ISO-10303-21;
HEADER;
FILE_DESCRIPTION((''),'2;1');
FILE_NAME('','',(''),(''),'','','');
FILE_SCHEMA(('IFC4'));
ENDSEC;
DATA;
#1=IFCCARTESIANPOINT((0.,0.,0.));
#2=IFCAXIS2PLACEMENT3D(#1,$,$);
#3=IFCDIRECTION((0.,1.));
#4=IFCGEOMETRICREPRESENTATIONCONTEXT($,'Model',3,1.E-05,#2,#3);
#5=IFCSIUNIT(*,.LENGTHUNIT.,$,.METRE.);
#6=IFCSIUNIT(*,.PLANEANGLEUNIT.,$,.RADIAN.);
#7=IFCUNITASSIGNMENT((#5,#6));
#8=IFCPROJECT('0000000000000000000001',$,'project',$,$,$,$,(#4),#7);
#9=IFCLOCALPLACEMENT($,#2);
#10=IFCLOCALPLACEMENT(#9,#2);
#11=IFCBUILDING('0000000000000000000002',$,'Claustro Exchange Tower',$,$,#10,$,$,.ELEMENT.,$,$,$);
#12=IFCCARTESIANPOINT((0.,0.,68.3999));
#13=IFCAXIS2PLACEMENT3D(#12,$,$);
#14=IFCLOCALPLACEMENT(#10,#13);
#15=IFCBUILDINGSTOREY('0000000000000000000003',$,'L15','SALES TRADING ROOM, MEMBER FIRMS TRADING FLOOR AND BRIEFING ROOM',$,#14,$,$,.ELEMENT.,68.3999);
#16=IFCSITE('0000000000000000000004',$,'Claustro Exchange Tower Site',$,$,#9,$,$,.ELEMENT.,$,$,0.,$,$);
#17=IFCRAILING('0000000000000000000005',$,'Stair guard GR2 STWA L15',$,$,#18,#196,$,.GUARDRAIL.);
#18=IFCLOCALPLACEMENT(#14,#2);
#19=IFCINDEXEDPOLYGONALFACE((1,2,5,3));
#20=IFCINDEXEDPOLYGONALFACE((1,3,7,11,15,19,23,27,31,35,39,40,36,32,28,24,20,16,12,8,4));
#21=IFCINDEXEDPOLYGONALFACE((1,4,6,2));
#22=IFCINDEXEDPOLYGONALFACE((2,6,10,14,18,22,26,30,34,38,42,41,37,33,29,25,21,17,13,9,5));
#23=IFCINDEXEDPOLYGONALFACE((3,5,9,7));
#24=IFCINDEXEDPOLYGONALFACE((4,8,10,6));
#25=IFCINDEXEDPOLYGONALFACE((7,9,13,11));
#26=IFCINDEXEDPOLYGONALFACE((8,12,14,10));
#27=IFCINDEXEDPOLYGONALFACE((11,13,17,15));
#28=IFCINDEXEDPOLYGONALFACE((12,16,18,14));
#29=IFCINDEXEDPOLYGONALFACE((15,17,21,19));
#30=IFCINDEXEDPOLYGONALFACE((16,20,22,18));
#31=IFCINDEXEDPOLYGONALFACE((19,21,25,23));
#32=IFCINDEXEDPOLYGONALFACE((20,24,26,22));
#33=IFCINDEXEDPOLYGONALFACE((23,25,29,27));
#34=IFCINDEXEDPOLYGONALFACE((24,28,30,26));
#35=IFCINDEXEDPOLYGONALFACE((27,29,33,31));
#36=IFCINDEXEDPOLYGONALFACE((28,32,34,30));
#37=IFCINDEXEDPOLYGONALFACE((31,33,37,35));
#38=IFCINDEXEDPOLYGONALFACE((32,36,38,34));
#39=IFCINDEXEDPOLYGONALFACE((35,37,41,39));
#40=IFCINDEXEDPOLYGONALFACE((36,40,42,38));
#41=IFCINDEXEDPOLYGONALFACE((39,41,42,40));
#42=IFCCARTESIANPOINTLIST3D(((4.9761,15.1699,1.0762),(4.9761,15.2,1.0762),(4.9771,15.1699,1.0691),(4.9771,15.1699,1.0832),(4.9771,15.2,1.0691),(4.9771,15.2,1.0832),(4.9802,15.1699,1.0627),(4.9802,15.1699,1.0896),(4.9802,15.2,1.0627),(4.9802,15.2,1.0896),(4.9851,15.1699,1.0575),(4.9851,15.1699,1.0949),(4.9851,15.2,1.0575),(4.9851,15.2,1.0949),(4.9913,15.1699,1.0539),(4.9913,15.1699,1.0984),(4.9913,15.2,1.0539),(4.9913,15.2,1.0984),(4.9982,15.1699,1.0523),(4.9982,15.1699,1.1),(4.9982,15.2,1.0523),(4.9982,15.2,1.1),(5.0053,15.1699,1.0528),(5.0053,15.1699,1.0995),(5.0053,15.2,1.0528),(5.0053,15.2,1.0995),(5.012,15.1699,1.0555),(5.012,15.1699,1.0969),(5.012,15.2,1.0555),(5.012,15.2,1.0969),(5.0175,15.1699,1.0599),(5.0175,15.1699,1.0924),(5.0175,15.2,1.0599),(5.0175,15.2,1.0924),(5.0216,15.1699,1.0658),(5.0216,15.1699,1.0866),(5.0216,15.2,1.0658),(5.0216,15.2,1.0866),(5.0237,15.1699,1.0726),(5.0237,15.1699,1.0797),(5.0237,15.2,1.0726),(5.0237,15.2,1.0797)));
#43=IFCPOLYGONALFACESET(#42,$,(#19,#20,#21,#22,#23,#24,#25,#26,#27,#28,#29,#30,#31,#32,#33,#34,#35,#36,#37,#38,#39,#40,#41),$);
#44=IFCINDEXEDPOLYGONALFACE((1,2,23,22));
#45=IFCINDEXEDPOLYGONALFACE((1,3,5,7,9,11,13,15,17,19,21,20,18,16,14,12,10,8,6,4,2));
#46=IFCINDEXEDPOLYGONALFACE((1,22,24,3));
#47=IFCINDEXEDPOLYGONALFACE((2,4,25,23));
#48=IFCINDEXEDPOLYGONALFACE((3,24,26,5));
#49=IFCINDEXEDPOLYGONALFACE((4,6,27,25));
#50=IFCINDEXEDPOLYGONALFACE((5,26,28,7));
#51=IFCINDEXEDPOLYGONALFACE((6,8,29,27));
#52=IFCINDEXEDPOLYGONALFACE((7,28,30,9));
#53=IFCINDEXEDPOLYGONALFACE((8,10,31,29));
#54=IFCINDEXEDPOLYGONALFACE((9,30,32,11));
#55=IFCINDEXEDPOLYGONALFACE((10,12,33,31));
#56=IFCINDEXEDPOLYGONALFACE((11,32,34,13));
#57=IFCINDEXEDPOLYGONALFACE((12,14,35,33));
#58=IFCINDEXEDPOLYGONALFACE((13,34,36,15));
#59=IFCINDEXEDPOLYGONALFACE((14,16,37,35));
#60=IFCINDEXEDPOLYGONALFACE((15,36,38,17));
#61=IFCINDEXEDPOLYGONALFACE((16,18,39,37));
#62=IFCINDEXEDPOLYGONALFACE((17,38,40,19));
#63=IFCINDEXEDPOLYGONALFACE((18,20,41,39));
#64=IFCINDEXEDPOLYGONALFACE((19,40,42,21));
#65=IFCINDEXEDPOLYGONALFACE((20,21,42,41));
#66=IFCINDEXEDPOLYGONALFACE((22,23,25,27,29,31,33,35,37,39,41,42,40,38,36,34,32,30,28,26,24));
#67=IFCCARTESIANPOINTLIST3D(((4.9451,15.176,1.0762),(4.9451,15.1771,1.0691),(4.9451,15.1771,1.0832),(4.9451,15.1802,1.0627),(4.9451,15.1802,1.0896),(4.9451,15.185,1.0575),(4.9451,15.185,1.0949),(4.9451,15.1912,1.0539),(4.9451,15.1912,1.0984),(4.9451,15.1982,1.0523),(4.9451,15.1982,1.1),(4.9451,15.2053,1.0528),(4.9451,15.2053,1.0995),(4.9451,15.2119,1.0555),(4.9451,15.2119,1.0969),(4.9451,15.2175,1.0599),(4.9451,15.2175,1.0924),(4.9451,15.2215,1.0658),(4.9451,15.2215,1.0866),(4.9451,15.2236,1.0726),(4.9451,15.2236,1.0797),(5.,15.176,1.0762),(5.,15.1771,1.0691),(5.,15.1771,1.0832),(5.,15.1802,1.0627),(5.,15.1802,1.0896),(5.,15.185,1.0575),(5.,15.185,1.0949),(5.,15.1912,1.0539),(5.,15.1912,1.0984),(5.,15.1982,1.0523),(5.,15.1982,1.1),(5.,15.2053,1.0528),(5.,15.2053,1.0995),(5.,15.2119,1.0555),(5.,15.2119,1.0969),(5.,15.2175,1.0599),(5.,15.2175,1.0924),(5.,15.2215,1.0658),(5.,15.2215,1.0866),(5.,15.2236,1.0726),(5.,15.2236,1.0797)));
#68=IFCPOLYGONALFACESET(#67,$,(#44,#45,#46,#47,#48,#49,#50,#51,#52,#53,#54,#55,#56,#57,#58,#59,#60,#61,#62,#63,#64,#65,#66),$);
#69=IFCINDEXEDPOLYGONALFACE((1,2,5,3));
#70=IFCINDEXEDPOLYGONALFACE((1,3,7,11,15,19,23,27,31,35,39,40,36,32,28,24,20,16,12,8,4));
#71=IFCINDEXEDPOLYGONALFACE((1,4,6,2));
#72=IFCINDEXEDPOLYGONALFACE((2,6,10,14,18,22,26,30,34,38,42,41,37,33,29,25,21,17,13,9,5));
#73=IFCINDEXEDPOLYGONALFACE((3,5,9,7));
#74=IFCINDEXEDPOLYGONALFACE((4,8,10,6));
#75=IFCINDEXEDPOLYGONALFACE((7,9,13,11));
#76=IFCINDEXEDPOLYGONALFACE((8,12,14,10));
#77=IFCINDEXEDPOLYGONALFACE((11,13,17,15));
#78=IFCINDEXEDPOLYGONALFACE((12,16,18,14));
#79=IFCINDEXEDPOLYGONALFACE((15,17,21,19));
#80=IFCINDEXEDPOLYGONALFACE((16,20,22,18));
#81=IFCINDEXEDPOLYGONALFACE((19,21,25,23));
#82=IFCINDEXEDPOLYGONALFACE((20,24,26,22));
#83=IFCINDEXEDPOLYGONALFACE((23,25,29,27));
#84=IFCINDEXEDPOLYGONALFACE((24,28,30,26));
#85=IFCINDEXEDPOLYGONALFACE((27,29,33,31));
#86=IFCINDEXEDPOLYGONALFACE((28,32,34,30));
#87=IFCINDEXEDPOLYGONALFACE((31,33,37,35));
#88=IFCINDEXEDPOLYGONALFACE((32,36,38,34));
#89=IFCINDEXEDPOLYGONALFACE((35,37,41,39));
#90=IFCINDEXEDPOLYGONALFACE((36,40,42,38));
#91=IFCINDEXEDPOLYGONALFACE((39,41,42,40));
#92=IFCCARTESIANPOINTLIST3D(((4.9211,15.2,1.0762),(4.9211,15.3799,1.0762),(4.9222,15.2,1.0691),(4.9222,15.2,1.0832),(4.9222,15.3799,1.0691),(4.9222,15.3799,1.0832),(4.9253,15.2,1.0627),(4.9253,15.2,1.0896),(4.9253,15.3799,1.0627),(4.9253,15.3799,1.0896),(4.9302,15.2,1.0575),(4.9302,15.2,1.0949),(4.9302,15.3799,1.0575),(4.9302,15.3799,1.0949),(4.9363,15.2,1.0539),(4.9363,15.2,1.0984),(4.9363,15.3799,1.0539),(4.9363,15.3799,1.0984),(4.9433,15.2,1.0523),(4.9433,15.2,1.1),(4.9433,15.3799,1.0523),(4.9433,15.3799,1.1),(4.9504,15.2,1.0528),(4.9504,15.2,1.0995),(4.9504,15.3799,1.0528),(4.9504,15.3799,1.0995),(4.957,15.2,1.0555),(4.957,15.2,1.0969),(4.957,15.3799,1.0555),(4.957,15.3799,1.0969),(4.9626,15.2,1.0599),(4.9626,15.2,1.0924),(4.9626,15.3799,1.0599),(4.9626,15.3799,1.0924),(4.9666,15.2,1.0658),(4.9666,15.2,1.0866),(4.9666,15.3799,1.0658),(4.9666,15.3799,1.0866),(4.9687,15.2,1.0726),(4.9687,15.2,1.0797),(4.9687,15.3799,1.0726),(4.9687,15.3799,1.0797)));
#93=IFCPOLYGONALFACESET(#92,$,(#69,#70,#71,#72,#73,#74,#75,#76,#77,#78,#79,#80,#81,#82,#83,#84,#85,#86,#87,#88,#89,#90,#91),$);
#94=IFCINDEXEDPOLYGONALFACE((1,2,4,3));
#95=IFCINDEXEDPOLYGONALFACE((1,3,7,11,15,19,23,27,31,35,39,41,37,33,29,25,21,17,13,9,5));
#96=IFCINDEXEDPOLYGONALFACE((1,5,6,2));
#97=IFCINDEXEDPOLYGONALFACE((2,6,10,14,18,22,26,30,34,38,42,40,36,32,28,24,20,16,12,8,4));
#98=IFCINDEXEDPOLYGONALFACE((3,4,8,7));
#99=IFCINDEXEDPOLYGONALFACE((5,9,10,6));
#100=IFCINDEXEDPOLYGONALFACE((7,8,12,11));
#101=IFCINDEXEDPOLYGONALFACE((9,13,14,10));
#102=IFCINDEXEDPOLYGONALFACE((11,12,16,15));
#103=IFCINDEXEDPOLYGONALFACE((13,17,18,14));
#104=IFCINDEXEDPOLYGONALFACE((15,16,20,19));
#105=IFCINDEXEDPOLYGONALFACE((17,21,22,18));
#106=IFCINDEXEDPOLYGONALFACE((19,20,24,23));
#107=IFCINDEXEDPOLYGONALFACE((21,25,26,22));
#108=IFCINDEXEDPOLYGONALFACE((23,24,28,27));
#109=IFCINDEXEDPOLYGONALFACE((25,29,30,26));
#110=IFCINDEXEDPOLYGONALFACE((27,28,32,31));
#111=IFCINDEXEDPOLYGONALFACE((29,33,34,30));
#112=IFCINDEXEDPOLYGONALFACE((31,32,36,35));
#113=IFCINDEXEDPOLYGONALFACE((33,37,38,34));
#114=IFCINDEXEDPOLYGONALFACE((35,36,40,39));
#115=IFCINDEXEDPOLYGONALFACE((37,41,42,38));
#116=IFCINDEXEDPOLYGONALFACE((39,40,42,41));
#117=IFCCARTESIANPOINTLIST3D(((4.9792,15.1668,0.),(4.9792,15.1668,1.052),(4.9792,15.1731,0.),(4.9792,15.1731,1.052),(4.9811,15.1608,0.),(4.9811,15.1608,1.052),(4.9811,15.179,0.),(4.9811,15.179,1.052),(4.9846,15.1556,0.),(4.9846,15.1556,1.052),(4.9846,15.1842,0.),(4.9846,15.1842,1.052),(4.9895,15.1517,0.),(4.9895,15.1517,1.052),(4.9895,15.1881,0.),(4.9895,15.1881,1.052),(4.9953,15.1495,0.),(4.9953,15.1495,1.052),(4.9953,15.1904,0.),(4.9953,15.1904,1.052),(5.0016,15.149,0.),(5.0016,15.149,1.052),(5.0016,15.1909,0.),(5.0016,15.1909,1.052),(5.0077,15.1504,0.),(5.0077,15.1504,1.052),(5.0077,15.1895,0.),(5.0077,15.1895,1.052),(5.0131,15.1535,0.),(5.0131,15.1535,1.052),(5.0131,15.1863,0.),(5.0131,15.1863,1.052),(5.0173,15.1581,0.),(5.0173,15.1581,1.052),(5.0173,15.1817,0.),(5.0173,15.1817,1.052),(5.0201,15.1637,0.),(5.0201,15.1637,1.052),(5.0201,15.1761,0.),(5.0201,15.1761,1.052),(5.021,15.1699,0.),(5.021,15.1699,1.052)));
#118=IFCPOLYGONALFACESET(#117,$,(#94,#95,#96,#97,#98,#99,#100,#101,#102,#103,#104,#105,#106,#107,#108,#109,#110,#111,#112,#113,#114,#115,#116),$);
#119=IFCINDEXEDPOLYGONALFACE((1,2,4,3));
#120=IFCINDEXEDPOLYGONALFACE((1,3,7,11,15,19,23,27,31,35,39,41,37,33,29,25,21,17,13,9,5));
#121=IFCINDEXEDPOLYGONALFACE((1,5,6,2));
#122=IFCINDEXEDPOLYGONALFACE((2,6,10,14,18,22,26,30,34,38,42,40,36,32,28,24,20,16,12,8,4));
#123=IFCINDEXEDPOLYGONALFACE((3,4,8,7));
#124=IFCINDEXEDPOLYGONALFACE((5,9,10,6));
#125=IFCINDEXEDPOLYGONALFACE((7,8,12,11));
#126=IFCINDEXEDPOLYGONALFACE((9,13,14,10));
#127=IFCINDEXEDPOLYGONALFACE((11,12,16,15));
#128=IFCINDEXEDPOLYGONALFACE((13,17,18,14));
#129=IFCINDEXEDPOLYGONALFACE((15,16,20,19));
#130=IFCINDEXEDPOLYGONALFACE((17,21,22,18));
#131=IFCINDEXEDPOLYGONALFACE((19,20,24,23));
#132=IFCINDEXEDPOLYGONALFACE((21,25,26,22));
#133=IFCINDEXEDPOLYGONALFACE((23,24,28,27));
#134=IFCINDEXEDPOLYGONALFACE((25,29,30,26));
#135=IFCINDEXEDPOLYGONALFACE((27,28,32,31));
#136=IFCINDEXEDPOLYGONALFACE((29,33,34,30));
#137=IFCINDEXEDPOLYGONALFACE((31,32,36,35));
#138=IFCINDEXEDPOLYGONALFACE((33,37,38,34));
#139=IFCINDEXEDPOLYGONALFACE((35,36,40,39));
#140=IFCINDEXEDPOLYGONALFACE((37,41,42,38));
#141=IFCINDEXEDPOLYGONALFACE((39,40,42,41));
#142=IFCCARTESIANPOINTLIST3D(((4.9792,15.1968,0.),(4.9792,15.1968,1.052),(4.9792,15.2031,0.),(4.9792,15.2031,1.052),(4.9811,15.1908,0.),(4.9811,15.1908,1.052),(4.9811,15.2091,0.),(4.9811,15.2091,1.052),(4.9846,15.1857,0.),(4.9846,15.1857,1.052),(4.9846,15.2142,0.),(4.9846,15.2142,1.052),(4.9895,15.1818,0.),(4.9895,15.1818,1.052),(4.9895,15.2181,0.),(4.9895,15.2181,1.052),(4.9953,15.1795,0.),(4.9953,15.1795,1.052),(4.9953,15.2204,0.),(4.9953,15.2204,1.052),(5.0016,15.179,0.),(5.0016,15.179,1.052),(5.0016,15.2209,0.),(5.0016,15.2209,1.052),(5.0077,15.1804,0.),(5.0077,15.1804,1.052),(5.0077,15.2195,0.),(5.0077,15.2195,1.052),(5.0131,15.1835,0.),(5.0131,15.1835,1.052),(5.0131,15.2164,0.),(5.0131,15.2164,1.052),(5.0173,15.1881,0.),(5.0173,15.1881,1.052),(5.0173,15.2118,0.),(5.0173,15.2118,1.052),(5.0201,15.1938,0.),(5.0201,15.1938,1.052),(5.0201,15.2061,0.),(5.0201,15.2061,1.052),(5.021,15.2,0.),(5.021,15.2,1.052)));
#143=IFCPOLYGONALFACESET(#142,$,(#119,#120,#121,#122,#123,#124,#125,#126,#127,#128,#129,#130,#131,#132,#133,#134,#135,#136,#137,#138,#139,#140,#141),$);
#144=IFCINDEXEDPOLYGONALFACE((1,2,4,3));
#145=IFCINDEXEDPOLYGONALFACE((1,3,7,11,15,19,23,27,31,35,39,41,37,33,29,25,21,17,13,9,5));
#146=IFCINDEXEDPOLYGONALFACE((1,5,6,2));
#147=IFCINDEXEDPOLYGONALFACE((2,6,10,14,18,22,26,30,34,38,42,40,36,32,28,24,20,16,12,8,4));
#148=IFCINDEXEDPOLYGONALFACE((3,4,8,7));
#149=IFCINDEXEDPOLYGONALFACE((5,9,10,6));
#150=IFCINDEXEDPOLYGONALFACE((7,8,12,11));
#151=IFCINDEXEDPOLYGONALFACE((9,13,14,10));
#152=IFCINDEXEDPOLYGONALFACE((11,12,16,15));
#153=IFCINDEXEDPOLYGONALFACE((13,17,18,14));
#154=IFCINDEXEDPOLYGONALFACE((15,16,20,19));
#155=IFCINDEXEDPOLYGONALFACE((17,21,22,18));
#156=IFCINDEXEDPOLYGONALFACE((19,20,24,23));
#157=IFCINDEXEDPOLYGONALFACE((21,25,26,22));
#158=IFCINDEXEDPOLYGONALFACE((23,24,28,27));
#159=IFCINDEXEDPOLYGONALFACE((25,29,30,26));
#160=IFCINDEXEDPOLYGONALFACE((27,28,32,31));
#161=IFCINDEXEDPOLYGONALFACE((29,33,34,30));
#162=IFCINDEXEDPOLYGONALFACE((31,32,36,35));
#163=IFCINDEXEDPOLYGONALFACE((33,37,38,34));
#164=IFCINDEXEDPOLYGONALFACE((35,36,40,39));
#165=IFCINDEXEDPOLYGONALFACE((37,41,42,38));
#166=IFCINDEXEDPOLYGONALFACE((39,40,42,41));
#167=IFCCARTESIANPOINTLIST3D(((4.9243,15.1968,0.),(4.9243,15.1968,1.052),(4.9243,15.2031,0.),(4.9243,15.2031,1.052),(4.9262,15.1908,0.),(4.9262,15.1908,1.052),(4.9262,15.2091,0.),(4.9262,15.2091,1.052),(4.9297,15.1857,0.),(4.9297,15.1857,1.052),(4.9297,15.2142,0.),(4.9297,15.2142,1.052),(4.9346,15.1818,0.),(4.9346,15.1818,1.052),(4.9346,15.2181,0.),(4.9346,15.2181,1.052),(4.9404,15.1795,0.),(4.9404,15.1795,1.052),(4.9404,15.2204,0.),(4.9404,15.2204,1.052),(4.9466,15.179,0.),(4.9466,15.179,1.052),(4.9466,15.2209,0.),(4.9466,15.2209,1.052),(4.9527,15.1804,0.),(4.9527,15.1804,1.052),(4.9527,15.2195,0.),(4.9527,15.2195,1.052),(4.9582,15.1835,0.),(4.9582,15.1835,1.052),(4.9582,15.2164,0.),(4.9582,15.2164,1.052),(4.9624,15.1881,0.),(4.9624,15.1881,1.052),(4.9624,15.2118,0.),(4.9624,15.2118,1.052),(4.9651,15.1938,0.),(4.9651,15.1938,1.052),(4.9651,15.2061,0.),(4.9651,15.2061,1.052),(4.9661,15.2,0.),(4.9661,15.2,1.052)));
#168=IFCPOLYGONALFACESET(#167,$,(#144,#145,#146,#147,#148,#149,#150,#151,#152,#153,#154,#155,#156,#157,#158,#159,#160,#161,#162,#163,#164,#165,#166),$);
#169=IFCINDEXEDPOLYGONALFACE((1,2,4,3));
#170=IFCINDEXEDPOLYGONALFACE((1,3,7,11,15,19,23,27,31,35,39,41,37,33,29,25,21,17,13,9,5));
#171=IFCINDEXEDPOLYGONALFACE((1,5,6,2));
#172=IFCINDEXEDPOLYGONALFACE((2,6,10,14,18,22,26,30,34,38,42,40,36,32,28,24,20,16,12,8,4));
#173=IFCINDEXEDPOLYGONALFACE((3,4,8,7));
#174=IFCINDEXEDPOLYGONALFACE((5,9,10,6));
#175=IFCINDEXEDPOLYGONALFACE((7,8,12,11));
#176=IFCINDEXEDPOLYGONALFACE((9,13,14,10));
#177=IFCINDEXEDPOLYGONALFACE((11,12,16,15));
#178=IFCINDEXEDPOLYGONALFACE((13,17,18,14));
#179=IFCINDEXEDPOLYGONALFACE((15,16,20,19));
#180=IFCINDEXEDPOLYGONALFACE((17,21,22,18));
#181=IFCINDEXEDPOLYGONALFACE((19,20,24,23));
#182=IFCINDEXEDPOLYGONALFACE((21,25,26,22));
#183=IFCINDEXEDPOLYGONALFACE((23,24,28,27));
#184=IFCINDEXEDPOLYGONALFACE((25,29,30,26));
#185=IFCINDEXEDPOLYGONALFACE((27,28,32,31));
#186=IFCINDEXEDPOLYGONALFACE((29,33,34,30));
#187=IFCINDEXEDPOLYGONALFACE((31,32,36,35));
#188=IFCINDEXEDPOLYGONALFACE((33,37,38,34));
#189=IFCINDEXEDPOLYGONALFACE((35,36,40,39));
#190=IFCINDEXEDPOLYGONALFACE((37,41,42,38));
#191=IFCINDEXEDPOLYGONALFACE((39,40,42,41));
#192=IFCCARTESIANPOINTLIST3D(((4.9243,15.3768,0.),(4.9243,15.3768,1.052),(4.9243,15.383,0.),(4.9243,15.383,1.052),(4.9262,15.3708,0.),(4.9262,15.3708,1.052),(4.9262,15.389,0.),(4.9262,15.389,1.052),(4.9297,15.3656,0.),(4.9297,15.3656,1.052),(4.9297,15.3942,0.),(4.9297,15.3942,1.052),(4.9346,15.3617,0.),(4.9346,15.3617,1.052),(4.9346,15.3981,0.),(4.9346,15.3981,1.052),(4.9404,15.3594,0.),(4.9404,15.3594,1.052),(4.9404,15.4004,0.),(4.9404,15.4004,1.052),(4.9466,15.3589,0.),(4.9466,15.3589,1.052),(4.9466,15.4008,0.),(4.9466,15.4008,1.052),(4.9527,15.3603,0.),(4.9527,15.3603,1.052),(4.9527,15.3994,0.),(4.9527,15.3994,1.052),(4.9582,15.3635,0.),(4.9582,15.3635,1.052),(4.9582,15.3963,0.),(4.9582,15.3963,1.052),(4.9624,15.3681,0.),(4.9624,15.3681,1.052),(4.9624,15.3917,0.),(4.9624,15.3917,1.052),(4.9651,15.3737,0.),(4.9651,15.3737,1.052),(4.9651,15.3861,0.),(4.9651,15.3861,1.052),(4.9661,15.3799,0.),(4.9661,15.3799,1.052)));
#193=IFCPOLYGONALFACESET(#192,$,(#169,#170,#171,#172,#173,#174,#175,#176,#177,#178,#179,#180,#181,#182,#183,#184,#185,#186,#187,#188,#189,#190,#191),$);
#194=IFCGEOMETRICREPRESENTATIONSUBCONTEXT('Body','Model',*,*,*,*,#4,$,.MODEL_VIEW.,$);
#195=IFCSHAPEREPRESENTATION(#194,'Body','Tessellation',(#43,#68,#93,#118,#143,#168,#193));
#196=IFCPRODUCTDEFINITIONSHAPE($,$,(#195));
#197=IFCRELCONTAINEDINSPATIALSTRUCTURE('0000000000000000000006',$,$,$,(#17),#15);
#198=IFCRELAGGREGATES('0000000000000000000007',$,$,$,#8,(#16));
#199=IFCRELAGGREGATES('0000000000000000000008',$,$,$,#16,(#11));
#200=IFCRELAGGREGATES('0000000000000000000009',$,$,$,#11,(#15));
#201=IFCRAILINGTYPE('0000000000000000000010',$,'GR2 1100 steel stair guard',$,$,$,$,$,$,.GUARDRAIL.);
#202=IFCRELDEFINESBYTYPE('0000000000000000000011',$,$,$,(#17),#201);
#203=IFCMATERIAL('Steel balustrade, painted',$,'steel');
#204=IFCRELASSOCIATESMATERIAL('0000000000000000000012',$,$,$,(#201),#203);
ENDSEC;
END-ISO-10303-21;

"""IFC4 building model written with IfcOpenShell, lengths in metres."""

from ifc_helpers import new_model, si_unit, direction, frame, origin, origin_2d, place, context, subcontext, project, spatial, circle, extrude, material, type_object, element, save


model = new_model("IFC4")

# Units and contexts
model_context = context("Model", 3, precision=1e-05, world=origin(), true_north=direction((0.0, 1.0)))
body_context = subcontext(model_context, "Body", "Model", "MODEL_VIEW")
ifc_project = project(units=[si_unit("LENGTHUNIT", "METRE"), si_unit("PLANEANGLEUNIT", "RADIAN")], contexts=[model_context])

# Site, building, storey
site_placement = place(None, origin())
site = spatial("IfcSite", under=ifc_project, at=site_placement, Name="Claustro Exchange Tower Site", CompositionType="ELEMENT", RefElevation=0.0)
building_placement = place(site_placement, origin())
building = spatial("IfcBuilding", under=site, at=building_placement, Name="Claustro Exchange Tower", CompositionType="ELEMENT")
storey_placement = place(building_placement, frame((0.0, 0.0, 68.3999)))
storey = spatial("IfcBuildingStorey", under=building, at=storey_placement, Name="L15", Description="SALES TRADING ROOM, MEMBER FIRMS TRADING FLOOR AND BRIEFING ROOM", CompositionType="ELEMENT", Elevation=68.3999)

# Railing
ifc_material_1 = material(Name="Steel balustrade, painted", Category="steel")
railing_type_1 = type_object("IfcRailingType", Name="GR2 1100 steel stair guard", PredefinedType="GUARDRAIL", material=ifc_material_1)
railing_1_placement = place(storey_placement, frame((5.0, 15.1699, 0.0)))
element("IfcRailing", 1, at=railing_1_placement, inside=storey, type_object=railing_type_1, Name="Stair guard GR2 STWA L15", PredefinedType="GUARDRAIL", context=body_context, shape_type="SweptSolid", body=[
    extrude(circle(Radius=0.0239, at=origin_2d()), frame((0.0, 0.0, 1.0762), z_axis=(0.0, 1.0, 0.0), x_axis=(-1.0, 0.0, 0.0)), (0.0, 0.0, 1.0), 0.03),
    extrude(circle(Radius=0.0239, at=origin_2d()), frame((0.0, 0.03, 1.0762), z_axis=(-1.0, 0.0, 0.0), x_axis=(0.0, -1.0, 0.0)), (0.0, 0.0, 1.0), 0.0549),
    extrude(circle(Radius=0.0239, at=origin_2d()), frame((-0.0549, 0.03, 1.0762), z_axis=(0.0, 1.0, 0.0), x_axis=(-1.0, 0.0, 0.0)), (0.0, 0.0, 1.0), 0.1799),
    extrude(circle(Radius=0.021, at=origin_2d()), origin(), (0.0, 0.0, 1.0), 1.052),
    extrude(circle(Radius=0.021, at=origin_2d()), frame((0.0, 0.03, 0.0)), (0.0, 0.0, 1.0), 1.052),
    extrude(circle(Radius=0.021, at=origin_2d()), frame((-0.0549, 0.03, 0.0)), (0.0, 0.0, 1.0), 1.052),
    extrude(circle(Radius=0.021, at=origin_2d()), frame((-0.0549, 0.21, 0.0)), (0.0, 0.0, 1.0), 1.052),
])

save(model, "model.ifc")
